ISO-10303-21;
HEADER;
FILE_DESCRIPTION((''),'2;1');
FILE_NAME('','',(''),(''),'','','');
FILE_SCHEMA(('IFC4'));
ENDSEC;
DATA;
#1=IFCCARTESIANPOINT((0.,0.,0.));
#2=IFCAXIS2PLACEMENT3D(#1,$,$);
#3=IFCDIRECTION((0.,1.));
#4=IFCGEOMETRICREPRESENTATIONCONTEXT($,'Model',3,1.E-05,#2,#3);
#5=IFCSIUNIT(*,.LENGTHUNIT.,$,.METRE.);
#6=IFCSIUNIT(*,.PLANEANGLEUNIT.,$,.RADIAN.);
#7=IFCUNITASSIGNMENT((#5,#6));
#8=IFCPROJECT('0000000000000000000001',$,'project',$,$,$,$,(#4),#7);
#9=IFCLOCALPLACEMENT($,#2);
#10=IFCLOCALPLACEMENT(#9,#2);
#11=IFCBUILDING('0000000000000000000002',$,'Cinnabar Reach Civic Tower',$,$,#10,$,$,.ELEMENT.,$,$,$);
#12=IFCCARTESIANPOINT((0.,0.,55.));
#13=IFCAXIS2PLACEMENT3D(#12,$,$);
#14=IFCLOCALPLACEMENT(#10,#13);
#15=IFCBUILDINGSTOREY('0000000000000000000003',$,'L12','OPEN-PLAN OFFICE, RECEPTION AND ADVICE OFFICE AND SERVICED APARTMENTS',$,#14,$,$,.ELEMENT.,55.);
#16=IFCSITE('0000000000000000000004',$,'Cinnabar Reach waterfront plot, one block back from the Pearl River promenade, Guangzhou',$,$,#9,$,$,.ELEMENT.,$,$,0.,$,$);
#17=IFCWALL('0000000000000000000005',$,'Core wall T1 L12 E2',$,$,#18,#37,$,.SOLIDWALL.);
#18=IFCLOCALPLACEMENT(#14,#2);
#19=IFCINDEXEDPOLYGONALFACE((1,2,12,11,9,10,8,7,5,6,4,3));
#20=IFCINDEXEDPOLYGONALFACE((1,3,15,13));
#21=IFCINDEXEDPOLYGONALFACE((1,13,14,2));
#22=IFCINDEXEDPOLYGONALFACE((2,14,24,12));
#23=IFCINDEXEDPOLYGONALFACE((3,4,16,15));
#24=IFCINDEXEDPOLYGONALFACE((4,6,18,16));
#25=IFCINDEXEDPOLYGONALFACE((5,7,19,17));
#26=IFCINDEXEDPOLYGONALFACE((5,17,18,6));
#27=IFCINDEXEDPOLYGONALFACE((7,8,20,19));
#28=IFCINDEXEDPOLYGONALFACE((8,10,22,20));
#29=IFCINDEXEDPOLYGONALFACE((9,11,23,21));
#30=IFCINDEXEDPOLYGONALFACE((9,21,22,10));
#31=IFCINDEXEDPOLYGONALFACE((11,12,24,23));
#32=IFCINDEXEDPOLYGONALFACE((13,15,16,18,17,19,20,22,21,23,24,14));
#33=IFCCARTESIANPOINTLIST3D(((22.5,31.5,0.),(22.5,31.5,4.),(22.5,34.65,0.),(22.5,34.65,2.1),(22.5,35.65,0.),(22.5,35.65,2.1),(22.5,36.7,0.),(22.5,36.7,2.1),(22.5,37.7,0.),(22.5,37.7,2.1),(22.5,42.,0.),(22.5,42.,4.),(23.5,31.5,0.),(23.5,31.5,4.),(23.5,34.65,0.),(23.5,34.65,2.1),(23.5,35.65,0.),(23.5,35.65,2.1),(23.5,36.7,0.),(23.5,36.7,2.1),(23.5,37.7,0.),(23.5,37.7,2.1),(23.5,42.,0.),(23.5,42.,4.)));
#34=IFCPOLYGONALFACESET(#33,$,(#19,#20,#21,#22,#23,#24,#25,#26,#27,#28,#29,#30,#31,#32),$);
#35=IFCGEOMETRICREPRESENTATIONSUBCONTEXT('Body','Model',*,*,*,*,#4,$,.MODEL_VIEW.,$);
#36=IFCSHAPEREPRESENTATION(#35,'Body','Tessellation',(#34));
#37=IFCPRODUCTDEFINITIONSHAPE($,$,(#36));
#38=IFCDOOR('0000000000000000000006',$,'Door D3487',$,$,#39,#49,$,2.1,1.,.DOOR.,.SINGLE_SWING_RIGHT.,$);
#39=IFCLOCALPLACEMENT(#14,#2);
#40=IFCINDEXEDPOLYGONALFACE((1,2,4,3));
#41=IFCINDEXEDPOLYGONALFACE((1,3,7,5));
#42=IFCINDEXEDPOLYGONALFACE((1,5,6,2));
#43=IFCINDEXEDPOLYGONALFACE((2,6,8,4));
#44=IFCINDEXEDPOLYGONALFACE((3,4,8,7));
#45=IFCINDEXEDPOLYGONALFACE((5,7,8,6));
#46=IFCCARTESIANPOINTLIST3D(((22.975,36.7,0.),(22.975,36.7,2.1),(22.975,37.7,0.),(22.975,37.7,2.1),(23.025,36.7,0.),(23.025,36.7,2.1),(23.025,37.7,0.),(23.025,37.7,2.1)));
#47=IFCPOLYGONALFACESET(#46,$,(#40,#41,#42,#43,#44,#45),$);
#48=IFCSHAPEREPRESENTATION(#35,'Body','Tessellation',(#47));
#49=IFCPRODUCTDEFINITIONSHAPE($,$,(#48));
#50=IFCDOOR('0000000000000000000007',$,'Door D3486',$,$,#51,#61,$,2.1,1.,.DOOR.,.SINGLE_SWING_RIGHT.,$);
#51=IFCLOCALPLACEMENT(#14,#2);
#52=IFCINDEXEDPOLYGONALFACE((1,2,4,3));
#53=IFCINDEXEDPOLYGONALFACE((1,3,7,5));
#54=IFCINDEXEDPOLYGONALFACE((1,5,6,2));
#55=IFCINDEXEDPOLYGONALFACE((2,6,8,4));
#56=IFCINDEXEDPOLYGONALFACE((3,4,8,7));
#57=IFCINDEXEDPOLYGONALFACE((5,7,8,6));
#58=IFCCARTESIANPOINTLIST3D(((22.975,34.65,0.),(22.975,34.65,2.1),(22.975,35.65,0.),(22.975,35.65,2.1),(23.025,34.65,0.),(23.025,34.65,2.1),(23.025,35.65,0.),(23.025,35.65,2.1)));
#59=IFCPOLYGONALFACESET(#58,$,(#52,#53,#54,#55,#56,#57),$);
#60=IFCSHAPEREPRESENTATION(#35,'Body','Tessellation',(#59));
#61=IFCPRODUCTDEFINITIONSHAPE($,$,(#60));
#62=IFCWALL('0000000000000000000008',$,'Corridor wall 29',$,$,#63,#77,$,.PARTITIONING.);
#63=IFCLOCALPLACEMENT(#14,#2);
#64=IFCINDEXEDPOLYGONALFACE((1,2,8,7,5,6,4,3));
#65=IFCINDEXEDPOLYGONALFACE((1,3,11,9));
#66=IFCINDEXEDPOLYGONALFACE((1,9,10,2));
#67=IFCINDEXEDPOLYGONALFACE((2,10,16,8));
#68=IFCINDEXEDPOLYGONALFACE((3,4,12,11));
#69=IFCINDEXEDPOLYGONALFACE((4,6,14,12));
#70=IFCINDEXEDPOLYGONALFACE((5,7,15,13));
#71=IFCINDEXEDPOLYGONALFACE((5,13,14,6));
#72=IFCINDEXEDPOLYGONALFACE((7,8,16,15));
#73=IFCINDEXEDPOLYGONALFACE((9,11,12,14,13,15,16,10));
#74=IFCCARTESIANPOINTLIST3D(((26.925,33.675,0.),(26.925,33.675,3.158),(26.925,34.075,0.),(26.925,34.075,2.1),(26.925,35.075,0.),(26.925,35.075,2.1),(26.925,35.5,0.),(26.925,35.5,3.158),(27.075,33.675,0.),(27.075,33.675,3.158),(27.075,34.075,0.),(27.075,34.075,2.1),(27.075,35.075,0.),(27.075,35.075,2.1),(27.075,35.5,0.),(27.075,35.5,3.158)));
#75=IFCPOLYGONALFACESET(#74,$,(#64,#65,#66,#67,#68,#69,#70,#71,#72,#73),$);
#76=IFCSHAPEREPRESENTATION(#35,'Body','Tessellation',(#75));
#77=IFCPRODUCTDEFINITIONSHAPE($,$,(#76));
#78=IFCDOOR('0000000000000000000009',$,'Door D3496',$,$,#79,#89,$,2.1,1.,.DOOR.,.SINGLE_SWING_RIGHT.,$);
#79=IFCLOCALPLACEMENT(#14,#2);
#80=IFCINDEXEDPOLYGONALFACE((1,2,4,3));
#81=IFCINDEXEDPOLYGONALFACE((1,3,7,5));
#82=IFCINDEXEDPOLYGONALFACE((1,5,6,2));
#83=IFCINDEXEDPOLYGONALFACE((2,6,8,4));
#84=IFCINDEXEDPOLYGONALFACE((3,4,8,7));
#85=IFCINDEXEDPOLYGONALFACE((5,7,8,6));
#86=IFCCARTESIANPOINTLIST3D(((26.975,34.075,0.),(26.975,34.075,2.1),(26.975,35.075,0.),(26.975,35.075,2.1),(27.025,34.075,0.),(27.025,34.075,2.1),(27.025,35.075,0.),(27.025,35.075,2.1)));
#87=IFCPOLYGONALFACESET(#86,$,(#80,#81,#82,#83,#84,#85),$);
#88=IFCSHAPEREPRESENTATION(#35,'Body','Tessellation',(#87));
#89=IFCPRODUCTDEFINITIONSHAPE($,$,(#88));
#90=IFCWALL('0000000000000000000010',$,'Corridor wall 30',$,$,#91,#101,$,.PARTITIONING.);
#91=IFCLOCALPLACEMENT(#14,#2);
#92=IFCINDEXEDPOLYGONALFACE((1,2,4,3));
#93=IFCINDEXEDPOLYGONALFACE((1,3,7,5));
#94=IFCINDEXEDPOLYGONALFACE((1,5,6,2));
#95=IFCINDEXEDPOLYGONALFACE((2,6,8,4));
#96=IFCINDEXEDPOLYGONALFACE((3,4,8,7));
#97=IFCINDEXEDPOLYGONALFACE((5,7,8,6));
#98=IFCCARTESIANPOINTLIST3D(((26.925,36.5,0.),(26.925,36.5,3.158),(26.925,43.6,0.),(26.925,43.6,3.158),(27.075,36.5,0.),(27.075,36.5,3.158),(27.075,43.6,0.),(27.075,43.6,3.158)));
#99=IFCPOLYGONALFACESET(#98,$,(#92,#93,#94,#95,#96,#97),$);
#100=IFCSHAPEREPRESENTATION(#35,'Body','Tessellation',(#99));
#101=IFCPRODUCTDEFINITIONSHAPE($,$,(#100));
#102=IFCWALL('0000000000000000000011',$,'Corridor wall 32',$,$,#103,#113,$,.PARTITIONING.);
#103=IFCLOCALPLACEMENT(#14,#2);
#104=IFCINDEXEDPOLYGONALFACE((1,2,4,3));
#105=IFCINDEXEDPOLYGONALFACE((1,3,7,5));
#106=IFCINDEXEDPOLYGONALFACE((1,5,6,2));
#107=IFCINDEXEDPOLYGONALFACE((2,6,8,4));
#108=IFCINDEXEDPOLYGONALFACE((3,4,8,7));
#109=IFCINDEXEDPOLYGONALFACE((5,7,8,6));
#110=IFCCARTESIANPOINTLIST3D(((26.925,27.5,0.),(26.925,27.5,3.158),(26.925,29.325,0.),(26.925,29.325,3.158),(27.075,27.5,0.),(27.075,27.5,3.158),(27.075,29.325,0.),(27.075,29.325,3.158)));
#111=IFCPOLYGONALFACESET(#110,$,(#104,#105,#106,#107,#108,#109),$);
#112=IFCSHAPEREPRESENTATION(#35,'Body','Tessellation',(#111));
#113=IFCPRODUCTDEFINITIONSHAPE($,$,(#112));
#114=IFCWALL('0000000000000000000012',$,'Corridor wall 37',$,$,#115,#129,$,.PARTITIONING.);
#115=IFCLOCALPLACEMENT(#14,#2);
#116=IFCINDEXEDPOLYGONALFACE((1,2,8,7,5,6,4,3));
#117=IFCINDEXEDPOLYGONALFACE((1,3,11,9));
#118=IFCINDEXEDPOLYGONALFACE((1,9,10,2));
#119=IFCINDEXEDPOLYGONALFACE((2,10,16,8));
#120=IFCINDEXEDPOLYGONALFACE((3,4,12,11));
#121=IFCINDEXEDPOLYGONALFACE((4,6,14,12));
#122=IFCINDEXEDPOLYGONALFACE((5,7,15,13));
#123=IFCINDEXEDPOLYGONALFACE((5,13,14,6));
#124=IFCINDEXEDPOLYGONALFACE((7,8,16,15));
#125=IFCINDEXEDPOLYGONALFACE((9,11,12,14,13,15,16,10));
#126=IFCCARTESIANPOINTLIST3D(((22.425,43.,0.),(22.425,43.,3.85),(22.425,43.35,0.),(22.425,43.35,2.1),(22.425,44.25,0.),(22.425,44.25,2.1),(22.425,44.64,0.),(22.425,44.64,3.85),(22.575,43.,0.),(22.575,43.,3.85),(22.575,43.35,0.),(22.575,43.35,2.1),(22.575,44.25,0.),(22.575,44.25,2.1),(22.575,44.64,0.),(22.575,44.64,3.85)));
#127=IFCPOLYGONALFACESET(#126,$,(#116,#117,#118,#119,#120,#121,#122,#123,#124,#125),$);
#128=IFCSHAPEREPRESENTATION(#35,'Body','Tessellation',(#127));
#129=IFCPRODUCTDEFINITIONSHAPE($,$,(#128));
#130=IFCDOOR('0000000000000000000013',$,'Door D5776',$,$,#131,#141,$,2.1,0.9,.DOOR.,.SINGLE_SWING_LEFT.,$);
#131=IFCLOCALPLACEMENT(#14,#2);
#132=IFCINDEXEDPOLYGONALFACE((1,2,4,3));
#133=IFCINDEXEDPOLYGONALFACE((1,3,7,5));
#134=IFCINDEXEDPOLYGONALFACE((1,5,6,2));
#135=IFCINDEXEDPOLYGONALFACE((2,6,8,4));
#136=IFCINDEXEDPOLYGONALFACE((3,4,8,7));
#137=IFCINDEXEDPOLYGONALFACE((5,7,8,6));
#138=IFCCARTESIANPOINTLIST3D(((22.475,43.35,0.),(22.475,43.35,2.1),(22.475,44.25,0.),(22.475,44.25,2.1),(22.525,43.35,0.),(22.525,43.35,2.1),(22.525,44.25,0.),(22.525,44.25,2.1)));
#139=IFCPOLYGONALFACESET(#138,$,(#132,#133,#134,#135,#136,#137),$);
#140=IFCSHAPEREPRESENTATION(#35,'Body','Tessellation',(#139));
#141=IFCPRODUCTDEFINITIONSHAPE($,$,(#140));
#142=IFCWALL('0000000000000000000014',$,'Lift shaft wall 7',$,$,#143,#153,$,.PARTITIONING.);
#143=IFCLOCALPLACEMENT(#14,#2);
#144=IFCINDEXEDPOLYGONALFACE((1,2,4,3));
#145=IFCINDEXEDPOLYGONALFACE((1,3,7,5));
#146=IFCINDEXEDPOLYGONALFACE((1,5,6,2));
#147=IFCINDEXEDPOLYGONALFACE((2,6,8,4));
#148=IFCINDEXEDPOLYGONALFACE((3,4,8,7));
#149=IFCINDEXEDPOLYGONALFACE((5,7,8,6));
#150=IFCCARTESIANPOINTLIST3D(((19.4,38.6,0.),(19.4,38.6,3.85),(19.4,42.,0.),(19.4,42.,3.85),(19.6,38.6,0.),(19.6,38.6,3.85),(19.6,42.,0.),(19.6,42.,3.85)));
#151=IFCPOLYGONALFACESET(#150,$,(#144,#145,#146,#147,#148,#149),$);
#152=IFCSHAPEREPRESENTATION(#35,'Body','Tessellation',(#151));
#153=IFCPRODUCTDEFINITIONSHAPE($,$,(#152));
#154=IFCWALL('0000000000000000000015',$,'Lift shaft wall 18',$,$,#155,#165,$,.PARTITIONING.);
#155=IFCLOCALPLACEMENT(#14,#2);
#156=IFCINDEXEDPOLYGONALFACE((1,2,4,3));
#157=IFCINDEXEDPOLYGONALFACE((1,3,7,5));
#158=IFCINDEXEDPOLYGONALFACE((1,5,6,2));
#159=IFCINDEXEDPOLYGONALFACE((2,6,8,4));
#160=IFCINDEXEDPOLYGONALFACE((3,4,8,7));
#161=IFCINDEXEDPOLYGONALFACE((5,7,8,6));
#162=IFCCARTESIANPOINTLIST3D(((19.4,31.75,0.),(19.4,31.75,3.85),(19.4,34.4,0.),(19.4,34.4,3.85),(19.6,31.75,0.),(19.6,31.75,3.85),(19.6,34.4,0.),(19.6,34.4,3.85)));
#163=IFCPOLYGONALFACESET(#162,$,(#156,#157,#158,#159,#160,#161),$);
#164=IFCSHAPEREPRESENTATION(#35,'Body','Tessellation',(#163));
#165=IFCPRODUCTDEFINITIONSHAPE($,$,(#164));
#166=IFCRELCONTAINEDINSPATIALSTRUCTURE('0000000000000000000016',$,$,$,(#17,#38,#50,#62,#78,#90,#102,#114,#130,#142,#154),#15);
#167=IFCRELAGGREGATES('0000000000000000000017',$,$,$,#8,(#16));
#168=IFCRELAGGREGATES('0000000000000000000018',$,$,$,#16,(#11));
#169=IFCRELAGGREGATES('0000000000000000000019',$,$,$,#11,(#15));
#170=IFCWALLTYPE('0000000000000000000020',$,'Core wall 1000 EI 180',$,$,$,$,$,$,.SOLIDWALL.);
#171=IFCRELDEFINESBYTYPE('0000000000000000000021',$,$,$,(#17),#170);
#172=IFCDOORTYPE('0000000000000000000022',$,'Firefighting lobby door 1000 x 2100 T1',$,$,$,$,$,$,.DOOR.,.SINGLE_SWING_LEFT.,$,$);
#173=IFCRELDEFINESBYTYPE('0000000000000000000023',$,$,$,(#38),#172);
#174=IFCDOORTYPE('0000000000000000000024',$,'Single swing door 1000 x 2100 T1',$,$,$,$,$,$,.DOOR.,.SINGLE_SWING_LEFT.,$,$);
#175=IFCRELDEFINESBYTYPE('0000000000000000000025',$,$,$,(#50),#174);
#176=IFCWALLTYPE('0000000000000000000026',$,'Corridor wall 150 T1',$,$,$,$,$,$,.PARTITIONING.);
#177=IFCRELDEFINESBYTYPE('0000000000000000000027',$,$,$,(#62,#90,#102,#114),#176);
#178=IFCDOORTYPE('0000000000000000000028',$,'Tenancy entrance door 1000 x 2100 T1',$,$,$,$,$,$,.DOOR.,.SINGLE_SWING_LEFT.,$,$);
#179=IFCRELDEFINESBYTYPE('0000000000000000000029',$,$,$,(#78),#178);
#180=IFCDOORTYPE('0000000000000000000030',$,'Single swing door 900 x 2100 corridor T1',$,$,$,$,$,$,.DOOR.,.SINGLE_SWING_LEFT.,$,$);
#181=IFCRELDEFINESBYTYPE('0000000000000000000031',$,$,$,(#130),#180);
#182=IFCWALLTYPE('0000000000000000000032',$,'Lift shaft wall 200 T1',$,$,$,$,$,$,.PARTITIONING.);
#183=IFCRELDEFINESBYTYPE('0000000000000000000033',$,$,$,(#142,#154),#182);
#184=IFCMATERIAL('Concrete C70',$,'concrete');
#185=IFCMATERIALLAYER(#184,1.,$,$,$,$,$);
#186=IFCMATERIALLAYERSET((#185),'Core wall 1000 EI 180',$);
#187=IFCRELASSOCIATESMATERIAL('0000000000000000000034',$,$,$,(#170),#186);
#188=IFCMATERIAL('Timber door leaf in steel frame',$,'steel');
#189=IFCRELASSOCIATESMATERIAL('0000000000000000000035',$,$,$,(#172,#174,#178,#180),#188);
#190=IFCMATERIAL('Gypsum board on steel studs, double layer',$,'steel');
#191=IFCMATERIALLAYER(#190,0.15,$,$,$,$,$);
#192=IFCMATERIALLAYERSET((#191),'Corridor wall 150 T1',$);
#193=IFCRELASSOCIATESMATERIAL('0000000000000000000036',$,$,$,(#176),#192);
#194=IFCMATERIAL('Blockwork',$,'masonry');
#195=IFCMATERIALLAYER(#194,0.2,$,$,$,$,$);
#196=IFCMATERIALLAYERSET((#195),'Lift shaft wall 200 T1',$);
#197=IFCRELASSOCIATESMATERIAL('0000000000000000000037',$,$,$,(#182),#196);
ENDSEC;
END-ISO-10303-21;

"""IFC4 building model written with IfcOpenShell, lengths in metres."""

from ifc_helpers import new_model, si_unit, direction, frame, frame_2d, origin, place, context, subcontext, project, spatial, rectangle, extrude, material, layer, layer_set, type_object, element, fill, save


model = new_model("IFC4")

# Units and contexts
model_context = context("Model", 3, precision=1e-05, world=origin(), true_north=direction((0.0, 1.0)))
body_context = subcontext(model_context, "Body", "Model", "MODEL_VIEW")
ifc_project = project(units=[si_unit("LENGTHUNIT", "METRE"), si_unit("PLANEANGLEUNIT", "RADIAN")], contexts=[model_context])

# Site, building, storey
site_placement = place(None, origin())
site = spatial("IfcSite", under=ifc_project, at=site_placement, Name="Cinnabar Reach waterfront plot, one block back from the Pearl River promenade, Guangzhou", CompositionType="ELEMENT", RefElevation=0.0)
building_placement = place(site_placement, origin())
building = spatial("IfcBuilding", under=site, at=building_placement, Name="Cinnabar Reach Civic Tower", CompositionType="ELEMENT")
storey_placement = place(building_placement, frame((0.0, 0.0, 55.0)))
storey = spatial("IfcBuildingStorey", under=building, at=storey_placement, Name="L12", Description="OPEN-PLAN OFFICE, RECEPTION AND ADVICE OFFICE AND SERVICED APARTMENTS", CompositionType="ELEMENT", Elevation=55.0)

# Shared definitions
ifc_material_1 = material(Name="Concrete C70", Category="concrete")

# Shared definitions
ifc_layer_1 = layer(ifc_material_1, 1.0)
ifc_layer_set_1 = layer_set([ifc_layer_1], Name="Core wall 1000 EI 180")
wall_type_1 = type_object("IfcWallType", Name="Core wall 1000 EI 180", PredefinedType="SOLIDWALL", material=ifc_layer_set_1)

# Wall, openings, doors
wall_1_placement = place(storey_placement, frame((23.0, 31.5, 0.0), z_axis=(0.0, 0.0, 1.0), x_axis=(0.0, 1.0, 0.0)))
wall_1 = element("IfcWall", 1, at=wall_1_placement, inside=storey, type_object=wall_type_1, Name="Core wall T1 L12 E2", PredefinedType="SOLIDWALL", context=body_context, shape_type="SweptSolid", body=[
    extrude(rectangle(XDim=10.5, YDim=1.0, at=frame_2d((5.25, 0.0))), origin(), (0.0, 0.0, 1.0), 4.0),
])
opening_1_placement = place(wall_1_placement, frame((3.15, 0.0, 0.0)))
opening_1 = element("IfcOpeningElement", 2, at=opening_1_placement, cuts=wall_1, PredefinedType="OPENING", context=body_context, shape_type="SweptSolid", body=[
    extrude(rectangle(XDim=1.0, YDim=2.1, at=frame_2d((0.5, 1.05))), frame((0.0, 0.51, 0.0), z_axis=(0.0, -1.0, 0.0), x_axis=(1.0, 0.0, 0.0)), (0.0, 0.0, 1.0), 1.02),
])
opening_2_placement = place(wall_1_placement, frame((5.2, 0.0, 0.0)))
opening_2 = element("IfcOpeningElement", 3, at=opening_2_placement, cuts=wall_1, PredefinedType="OPENING", context=body_context, shape_type="SweptSolid", body=[
    extrude(rectangle(XDim=1.0, YDim=2.1, at=frame_2d((0.5, 1.05))), frame((0.0, 0.51, 0.0), z_axis=(0.0, -1.0, 0.0), x_axis=(1.0, 0.0, 0.0)), (0.0, 0.0, 1.0), 1.02),
])
ifc_material_2 = material(Name="Timber door leaf in steel frame", Category="steel")
door_type_1 = type_object("IfcDoorType", Name="Firefighting lobby door 1000 x 2100 T1", OperationType="SINGLE_SWING_LEFT", PredefinedType="DOOR", material=ifc_material_2)
door_1_placement = place(opening_2_placement, origin())
door_1 = element("IfcDoor", 4, at=door_1_placement, inside=storey, type_object=door_type_1, Name="Door D3487", OperationType="SINGLE_SWING_RIGHT", OverallHeight=2.1, OverallWidth=1.0, PredefinedType="DOOR", context=body_context, shape_type="SweptSolid", body=[
    extrude(rectangle(XDim=1.0, YDim=2.1, at=frame_2d((0.5, 1.05))), frame((0.0, 0.025, 0.0), z_axis=(0.0, -1.0, 0.0), x_axis=(1.0, 0.0, 0.0)), (0.0, 0.0, 1.0), 0.05),
])
fill(opening_2, door_1)
door_type_2 = type_object("IfcDoorType", Name="Single swing door 1000 x 2100 T1", OperationType="SINGLE_SWING_LEFT", PredefinedType="DOOR", material=ifc_material_2)
door_2_placement = place(opening_1_placement, origin())
door_2 = element("IfcDoor", 5, at=door_2_placement, inside=storey, type_object=door_type_2, Name="Door D3486", OperationType="SINGLE_SWING_RIGHT", OverallHeight=2.1, OverallWidth=1.0, PredefinedType="DOOR", context=body_context, shape_type="SweptSolid", body=[
    extrude(rectangle(XDim=1.0, YDim=2.1, at=frame_2d((0.5, 1.05))), frame((0.0, 0.025, 0.0), z_axis=(0.0, -1.0, 0.0), x_axis=(1.0, 0.0, 0.0)), (0.0, 0.0, 1.0), 0.05),
])
fill(opening_1, door_2)

# Wall, opening, door
ifc_material_3 = material(Name="Gypsum board on steel studs, double layer", Category="steel")
ifc_layer_2 = layer(ifc_material_3, 0.15)
ifc_layer_set_2 = layer_set([ifc_layer_2], Name="Corridor wall 150 T1")
wall_type_2 = type_object("IfcWallType", Name="Corridor wall 150 T1", PredefinedType="PARTITIONING", material=ifc_layer_set_2)
wall_2_placement = place(storey_placement, frame((27.0, 33.675, 0.0), z_axis=(0.0, 0.0, 1.0), x_axis=(0.0, 1.0, 0.0)))
wall_2 = element("IfcWall", 6, at=wall_2_placement, inside=storey, type_object=wall_type_2, Name="Corridor wall 29", PredefinedType="PARTITIONING", context=body_context, shape_type="SweptSolid", body=[
    extrude(rectangle(XDim=1.825, YDim=0.15, at=frame_2d((0.9125, 0.0))), origin(), (0.0, 0.0, 1.0), 3.158),
])
opening_3_placement = place(wall_2_placement, frame((0.4, 0.0, 0.0)))
opening_3 = element("IfcOpeningElement", 7, at=opening_3_placement, cuts=wall_2, PredefinedType="OPENING", context=body_context, shape_type="SweptSolid", body=[
    extrude(rectangle(XDim=1.0, YDim=2.1, at=frame_2d((0.5, 1.05))), frame((0.0, 0.085, 0.0), z_axis=(0.0, -1.0, 0.0), x_axis=(1.0, 0.0, 0.0)), (0.0, 0.0, 1.0), 0.17),
])
door_type_3 = type_object("IfcDoorType", Name="Tenancy entrance door 1000 x 2100 T1", OperationType="SINGLE_SWING_LEFT", PredefinedType="DOOR", material=ifc_material_2)
door_3_placement = place(opening_3_placement, frame((1.0, 0.0, 0.0), z_axis=(0.0, 0.0, 1.0), x_axis=(-1.0, 0.0, 0.0)))
door_3 = element("IfcDoor", 8, at=door_3_placement, inside=storey, type_object=door_type_3, Name="Door D3496", OperationType="SINGLE_SWING_RIGHT", OverallHeight=2.1, OverallWidth=1.0, PredefinedType="DOOR", context=body_context, shape_type="SweptSolid", body=[
    extrude(rectangle(XDim=1.0, YDim=2.1, at=frame_2d((0.5, 1.05))), frame((0.0, 0.025, 0.0), z_axis=(0.0, -1.0, 0.0), x_axis=(1.0, 0.0, 0.0)), (0.0, 0.0, 1.0), 0.05),
])
fill(opening_3, door_3)

# Walls
wall_3_placement = place(storey_placement, frame((27.0, 36.5, 0.0), z_axis=(0.0, 0.0, 1.0), x_axis=(0.0, 1.0, 0.0)))
element("IfcWall", 9, at=wall_3_placement, inside=storey, type_object=wall_type_2, Name="Corridor wall 30", PredefinedType="PARTITIONING", context=body_context, shape_type="SweptSolid", body=[
    extrude(rectangle(XDim=7.1, YDim=0.15, at=frame_2d((3.55, 0.0))), origin(), (0.0, 0.0, 1.0), 3.158),
])
wall_4_placement = place(storey_placement, frame((27.0, 27.5, 0.0), z_axis=(0.0, 0.0, 1.0), x_axis=(0.0, 1.0, 0.0)))
element("IfcWall", 10, at=wall_4_placement, inside=storey, type_object=wall_type_2, Name="Corridor wall 32", PredefinedType="PARTITIONING", context=body_context, shape_type="SweptSolid", body=[
    extrude(rectangle(XDim=1.825, YDim=0.15, at=frame_2d((0.9125, 0.0))), origin(), (0.0, 0.0, 1.0), 3.158),
])

# Wall, opening, door
wall_5_placement = place(storey_placement, frame((22.5, 43.0, 0.0), z_axis=(0.0, 0.0, 1.0), x_axis=(0.0, 1.0, 0.0)))
wall_5 = element("IfcWall", 11, at=wall_5_placement, inside=storey, type_object=wall_type_2, Name="Corridor wall 37", PredefinedType="PARTITIONING", context=body_context, shape_type="SweptSolid", body=[
    extrude(rectangle(XDim=1.64, YDim=0.15, at=frame_2d((0.82, 0.0))), origin(), (0.0, 0.0, 1.0), 3.85),
])
opening_4_placement = place(wall_5_placement, frame((0.35, 0.0, 0.0)))
opening_4 = element("IfcOpeningElement", 12, at=opening_4_placement, cuts=wall_5, PredefinedType="OPENING", context=body_context, shape_type="SweptSolid", body=[
    extrude(rectangle(XDim=0.9, YDim=2.1, at=frame_2d((0.45, 1.05))), frame((0.0, 0.085, 0.0), z_axis=(0.0, -1.0, 0.0), x_axis=(1.0, 0.0, 0.0)), (0.0, 0.0, 1.0), 0.17),
])
door_type_4 = type_object("IfcDoorType", Name="Single swing door 900 x 2100 corridor T1", OperationType="SINGLE_SWING_LEFT", PredefinedType="DOOR", material=ifc_material_2)
door_4_placement = place(opening_4_placement, origin())
door_4 = element("IfcDoor", 13, at=door_4_placement, inside=storey, type_object=door_type_4, Name="Door D5776", OperationType="SINGLE_SWING_LEFT", OverallHeight=2.1, OverallWidth=0.9, PredefinedType="DOOR", context=body_context, shape_type="SweptSolid", body=[
    extrude(rectangle(XDim=0.9, YDim=2.1, at=frame_2d((0.45, 1.05))), frame((0.0, 0.025, 0.0), z_axis=(0.0, -1.0, 0.0), x_axis=(1.0, 0.0, 0.0)), (0.0, 0.0, 1.0), 0.05),
])
fill(opening_4, door_4)

# Walls
ifc_material_4 = material(Name="Blockwork", Category="masonry")
ifc_layer_3 = layer(ifc_material_4, 0.2)
ifc_layer_set_3 = layer_set([ifc_layer_3], Name="Lift shaft wall 200 T1")
wall_type_3 = type_object("IfcWallType", Name="Lift shaft wall 200 T1", PredefinedType="PARTITIONING", material=ifc_layer_set_3)
wall_6_placement = place(storey_placement, frame((19.5, 38.6, 0.0), z_axis=(0.0, 0.0, 1.0), x_axis=(0.0, 1.0, 0.0)))
element("IfcWall", 14, at=wall_6_placement, inside=storey, type_object=wall_type_3, Name="Lift shaft wall 7", PredefinedType="PARTITIONING", context=body_context, shape_type="SweptSolid", body=[
    extrude(rectangle(XDim=3.4, YDim=0.2, at=frame_2d((1.7, 0.0))), origin(), (0.0, 0.0, 1.0), 3.85),
])
wall_7_placement = place(storey_placement, frame((19.5, 31.75, 0.0), z_axis=(0.0, 0.0, 1.0), x_axis=(0.0, 1.0, 0.0)))
element("IfcWall", 15, at=wall_7_placement, inside=storey, type_object=wall_type_3, Name="Lift shaft wall 18", PredefinedType="PARTITIONING", context=body_context, shape_type="SweptSolid", body=[
    extrude(rectangle(XDim=2.65, YDim=0.2, at=frame_2d((1.325, 0.0))), origin(), (0.0, 0.0, 1.0), 3.85),
])

save(model, "model.ifc")
